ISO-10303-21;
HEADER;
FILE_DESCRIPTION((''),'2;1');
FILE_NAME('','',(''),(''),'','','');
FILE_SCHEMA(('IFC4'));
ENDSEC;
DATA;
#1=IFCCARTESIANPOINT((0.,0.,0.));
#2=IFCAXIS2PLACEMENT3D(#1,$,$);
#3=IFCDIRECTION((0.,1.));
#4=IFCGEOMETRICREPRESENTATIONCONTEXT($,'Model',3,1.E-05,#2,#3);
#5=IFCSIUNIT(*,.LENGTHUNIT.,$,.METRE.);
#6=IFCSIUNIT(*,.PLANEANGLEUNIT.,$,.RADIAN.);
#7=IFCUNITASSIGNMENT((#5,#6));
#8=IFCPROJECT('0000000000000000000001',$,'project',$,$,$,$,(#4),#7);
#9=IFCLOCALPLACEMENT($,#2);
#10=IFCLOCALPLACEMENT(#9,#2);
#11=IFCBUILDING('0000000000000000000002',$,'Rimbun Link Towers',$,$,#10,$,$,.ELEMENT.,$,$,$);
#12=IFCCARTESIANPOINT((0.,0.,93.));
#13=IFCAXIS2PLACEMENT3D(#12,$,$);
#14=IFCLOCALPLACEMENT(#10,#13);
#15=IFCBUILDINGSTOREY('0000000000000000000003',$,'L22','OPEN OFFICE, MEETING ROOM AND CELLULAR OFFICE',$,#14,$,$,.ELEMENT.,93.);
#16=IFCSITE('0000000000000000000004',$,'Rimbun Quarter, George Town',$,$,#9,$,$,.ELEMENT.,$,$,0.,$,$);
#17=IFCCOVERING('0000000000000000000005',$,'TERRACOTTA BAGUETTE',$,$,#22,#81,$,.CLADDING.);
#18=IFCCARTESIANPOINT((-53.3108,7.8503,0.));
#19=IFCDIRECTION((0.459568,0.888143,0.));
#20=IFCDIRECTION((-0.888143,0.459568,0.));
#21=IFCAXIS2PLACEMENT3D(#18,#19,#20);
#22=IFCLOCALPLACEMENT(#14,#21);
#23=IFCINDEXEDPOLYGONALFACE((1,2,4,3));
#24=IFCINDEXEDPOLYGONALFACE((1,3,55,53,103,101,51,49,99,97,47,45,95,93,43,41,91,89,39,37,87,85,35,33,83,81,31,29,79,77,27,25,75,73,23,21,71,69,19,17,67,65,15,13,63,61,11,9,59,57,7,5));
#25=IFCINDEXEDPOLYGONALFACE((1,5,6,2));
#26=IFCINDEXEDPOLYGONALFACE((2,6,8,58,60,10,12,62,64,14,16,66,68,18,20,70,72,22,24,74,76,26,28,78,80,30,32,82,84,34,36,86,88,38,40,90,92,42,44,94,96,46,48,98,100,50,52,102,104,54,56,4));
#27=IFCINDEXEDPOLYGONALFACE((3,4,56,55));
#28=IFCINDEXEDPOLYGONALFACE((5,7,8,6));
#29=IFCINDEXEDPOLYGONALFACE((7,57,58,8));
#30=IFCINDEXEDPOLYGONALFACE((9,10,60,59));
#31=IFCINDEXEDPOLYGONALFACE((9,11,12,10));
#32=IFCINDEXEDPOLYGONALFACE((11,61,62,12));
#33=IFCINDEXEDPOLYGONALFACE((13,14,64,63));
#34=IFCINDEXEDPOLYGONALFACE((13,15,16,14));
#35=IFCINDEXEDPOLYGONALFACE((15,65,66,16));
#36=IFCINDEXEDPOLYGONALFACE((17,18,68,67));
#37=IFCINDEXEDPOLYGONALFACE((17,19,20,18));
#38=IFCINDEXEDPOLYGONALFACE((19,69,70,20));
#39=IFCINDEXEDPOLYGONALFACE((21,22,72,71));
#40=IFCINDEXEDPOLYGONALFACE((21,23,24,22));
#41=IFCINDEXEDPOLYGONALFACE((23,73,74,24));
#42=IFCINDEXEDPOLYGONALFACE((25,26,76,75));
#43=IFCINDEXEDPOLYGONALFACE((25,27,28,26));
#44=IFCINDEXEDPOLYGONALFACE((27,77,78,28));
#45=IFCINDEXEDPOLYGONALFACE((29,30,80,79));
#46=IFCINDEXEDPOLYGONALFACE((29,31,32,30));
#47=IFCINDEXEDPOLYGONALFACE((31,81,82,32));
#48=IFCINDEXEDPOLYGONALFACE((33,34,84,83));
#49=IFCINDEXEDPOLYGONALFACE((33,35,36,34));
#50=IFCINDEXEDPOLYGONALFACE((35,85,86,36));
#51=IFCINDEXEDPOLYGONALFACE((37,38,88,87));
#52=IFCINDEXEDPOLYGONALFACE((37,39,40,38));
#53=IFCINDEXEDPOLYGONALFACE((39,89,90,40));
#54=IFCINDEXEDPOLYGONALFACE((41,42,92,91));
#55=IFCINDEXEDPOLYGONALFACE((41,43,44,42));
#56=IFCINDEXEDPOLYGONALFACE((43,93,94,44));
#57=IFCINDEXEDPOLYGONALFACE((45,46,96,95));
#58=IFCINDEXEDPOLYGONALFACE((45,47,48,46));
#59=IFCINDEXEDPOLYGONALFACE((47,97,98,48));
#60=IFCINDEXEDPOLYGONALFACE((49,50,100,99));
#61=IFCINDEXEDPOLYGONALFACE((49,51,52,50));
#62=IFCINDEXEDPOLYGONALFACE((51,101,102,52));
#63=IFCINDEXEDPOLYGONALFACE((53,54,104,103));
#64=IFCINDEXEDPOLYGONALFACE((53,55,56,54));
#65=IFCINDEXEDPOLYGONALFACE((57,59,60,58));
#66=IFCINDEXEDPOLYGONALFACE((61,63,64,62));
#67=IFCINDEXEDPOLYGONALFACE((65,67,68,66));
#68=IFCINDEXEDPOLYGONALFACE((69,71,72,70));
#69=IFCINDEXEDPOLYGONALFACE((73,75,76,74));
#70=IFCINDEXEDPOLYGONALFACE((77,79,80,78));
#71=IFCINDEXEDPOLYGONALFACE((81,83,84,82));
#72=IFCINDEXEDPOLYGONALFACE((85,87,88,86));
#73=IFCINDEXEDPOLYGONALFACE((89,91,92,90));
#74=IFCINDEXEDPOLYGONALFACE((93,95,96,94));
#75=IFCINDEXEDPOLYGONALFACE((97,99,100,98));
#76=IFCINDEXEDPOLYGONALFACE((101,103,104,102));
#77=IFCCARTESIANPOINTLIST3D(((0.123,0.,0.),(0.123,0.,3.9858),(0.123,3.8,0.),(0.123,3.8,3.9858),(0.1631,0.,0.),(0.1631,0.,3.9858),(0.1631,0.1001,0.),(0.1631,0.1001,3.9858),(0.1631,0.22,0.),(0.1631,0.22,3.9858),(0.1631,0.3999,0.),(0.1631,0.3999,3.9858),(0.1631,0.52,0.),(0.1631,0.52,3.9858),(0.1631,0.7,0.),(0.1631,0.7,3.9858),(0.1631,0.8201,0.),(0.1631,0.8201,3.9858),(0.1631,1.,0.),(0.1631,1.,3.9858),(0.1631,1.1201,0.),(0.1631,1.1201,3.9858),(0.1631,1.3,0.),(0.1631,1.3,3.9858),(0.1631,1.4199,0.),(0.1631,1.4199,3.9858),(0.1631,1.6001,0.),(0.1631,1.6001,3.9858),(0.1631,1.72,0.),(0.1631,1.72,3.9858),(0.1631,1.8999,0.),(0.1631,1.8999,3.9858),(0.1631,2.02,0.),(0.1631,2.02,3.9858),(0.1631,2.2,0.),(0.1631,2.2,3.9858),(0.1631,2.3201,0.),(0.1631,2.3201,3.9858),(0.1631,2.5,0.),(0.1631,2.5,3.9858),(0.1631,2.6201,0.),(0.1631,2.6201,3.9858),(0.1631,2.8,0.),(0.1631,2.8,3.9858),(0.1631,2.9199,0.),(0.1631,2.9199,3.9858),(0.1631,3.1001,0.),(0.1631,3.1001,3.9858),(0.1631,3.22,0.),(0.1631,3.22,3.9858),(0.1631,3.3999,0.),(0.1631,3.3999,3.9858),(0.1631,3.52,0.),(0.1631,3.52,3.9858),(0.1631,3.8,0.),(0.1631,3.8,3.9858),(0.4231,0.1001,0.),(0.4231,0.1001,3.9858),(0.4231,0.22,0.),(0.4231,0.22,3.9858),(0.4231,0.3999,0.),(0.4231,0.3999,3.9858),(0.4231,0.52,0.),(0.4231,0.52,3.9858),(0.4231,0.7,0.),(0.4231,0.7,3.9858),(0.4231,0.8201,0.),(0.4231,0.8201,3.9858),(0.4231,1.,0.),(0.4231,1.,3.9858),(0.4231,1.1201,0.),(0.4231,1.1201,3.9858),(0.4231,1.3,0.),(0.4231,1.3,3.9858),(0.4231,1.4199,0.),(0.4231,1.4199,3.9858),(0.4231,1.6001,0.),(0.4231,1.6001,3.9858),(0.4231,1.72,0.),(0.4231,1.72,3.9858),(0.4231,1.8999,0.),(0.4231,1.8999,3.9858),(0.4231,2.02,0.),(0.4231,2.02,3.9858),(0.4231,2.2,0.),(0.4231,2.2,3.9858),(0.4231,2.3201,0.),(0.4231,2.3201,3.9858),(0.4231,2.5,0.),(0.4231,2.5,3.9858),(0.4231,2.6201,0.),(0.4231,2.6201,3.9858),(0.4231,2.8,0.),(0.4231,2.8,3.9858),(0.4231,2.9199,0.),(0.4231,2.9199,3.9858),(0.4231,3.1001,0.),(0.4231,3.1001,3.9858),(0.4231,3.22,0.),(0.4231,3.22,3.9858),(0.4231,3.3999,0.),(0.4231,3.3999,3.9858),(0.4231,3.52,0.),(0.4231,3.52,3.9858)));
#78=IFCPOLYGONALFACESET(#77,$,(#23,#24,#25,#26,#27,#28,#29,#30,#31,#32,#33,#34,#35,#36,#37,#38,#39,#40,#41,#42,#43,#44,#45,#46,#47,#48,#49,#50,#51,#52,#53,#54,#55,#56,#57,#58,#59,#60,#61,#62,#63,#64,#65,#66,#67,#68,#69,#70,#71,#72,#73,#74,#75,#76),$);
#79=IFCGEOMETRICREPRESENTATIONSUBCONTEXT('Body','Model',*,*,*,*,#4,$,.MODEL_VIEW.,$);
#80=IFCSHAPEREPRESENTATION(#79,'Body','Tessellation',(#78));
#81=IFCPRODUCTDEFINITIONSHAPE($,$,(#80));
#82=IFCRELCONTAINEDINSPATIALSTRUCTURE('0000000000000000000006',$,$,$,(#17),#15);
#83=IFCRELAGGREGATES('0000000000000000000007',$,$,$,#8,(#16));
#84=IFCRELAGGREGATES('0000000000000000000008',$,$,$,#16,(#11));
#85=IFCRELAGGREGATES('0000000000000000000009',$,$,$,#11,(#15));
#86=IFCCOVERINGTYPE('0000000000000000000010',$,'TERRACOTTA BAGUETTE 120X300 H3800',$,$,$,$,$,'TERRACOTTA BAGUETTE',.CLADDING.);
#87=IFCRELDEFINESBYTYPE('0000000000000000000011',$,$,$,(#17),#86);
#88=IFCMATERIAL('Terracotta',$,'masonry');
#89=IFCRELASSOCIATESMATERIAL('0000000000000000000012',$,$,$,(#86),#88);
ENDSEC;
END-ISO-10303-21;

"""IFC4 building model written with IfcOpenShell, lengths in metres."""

from ifc_helpers import new_model, si_unit, direction, frame, origin, place, context, subcontext, project, spatial, polyline, outline, extrude, material, material_profile, profile_set, type_object, element, save


model = new_model("IFC4")

# Units and contexts
model_context = context("Model", 3, precision=1e-05, world=origin(), true_north=direction((0.0, 1.0)))
body_context = subcontext(model_context, "Body", "Model", "MODEL_VIEW")
ifc_project = project(units=[si_unit("LENGTHUNIT", "METRE"), si_unit("PLANEANGLEUNIT", "RADIAN")], contexts=[model_context])

# Site, building, storey
site_placement = place(None, origin())
site = spatial("IfcSite", under=ifc_project, at=site_placement, Name="Rimbun Quarter, George Town", CompositionType="ELEMENT", RefElevation=0.0)
building_placement = place(site_placement, origin())
building = spatial("IfcBuilding", under=site, at=building_placement, Name="Rimbun Link Towers", CompositionType="ELEMENT")
storey_placement = place(building_placement, frame((0.0, 0.0, 93.0)))
storey = spatial("IfcBuildingStorey", under=building, at=storey_placement, Name="L22", Description="OPEN OFFICE, MEETING ROOM AND CELLULAR OFFICE", CompositionType="ELEMENT", Elevation=93.0)

# Covering
ifc_material_1 = material(Name="Terracotta", Category="masonry")
ifc_material_profile_1 = material_profile(ifc_material_1, outline(polyline([(0.123, 0.0), (0.1631, 0.0), (0.1631, 0.1001), (0.4231, 0.1001), (0.4231, 0.22), (0.1631, 0.22), (0.1631, 0.3999), (0.4231, 0.3999), (0.4231, 0.52), (0.1631, 0.52), (0.1631, 0.7), (0.4231, 0.7), (0.4231, 0.8201), (0.1631, 0.8201), (0.1631, 1.0), (0.4231, 1.0), (0.4231, 1.1201), (0.1631, 1.1201), (0.1631, 1.3), (0.4231, 1.3), (0.4231, 1.4199), (0.1631, 1.4199), (0.1631, 1.6001), (0.4231, 1.6001), (0.4231, 1.72), (0.1631, 1.72), (0.1631, 1.8999), (0.4231, 1.8999), (0.4231, 2.02), (0.1631, 2.02), (0.1631, 2.2), (0.4231, 2.2), (0.4231, 2.3201), (0.1631, 2.3201), (0.1631, 2.5), (0.4231, 2.5), (0.4231, 2.6201), (0.1631, 2.6201), (0.1631, 2.8), (0.4231, 2.8), (0.4231, 2.9199), (0.1631, 2.9199), (0.1631, 3.1001), (0.4231, 3.1001), (0.4231, 3.22), (0.1631, 3.22), (0.1631, 3.3999), (0.4231, 3.3999), (0.4231, 3.52), (0.1631, 3.52), (0.1631, 3.8), (0.123, 3.8), (0.123, 0.0)])), Name="BAGUETTE 120X300")
ifc_profile_set_1 = profile_set([ifc_material_profile_1], Name="Terracotta")
covering_type = type_object("IfcCoveringType", Name="TERRACOTTA BAGUETTE 120X300 H3800", ElementType="TERRACOTTA BAGUETTE", PredefinedType="CLADDING", material=ifc_profile_set_1)
covering_placement = place(storey_placement, frame((-53.3108, 7.8503, 0.0), z_axis=(0.459568, 0.888143, 0.0), x_axis=(-0.888143, 0.459568, 0.0)))
element("IfcCovering", 1, at=covering_placement, inside=storey, type_object=covering_type, Name="TERRACOTTA BAGUETTE", PredefinedType="CLADDING", context=body_context, shape_type="SweptSolid", body=[
    extrude(outline(polyline([(0.123, 0.0), (0.1631, 0.0), (0.1631, 0.1001), (0.4231, 0.1001), (0.4231, 0.22), (0.1631, 0.22), (0.1631, 0.3999), (0.4231, 0.3999), (0.4231, 0.52), (0.1631, 0.52), (0.1631, 0.7), (0.4231, 0.7), (0.4231, 0.8201), (0.1631, 0.8201), (0.1631, 1.0), (0.4231, 1.0), (0.4231, 1.1201), (0.1631, 1.1201), (0.1631, 1.3), (0.4231, 1.3), (0.4231, 1.4199), (0.1631, 1.4199), (0.1631, 1.6001), (0.4231, 1.6001), (0.4231, 1.72), (0.1631, 1.72), (0.1631, 1.8999), (0.4231, 1.8999), (0.4231, 2.02), (0.1631, 2.02), (0.1631, 2.2), (0.4231, 2.2), (0.4231, 2.3201), (0.1631, 2.3201), (0.1631, 2.5), (0.4231, 2.5), (0.4231, 2.6201), (0.1631, 2.6201), (0.1631, 2.8), (0.4231, 2.8), (0.4231, 2.9199), (0.1631, 2.9199), (0.1631, 3.1001), (0.4231, 3.1001), (0.4231, 3.22), (0.1631, 3.22), (0.1631, 3.3999), (0.4231, 3.3999), (0.4231, 3.52), (0.1631, 3.52), (0.1631, 3.8), (0.123, 3.8), (0.123, 0.0)])), origin(), (0.0, 0.0, 1.0), 3.9858),
])

save(model, "model.ifc")
